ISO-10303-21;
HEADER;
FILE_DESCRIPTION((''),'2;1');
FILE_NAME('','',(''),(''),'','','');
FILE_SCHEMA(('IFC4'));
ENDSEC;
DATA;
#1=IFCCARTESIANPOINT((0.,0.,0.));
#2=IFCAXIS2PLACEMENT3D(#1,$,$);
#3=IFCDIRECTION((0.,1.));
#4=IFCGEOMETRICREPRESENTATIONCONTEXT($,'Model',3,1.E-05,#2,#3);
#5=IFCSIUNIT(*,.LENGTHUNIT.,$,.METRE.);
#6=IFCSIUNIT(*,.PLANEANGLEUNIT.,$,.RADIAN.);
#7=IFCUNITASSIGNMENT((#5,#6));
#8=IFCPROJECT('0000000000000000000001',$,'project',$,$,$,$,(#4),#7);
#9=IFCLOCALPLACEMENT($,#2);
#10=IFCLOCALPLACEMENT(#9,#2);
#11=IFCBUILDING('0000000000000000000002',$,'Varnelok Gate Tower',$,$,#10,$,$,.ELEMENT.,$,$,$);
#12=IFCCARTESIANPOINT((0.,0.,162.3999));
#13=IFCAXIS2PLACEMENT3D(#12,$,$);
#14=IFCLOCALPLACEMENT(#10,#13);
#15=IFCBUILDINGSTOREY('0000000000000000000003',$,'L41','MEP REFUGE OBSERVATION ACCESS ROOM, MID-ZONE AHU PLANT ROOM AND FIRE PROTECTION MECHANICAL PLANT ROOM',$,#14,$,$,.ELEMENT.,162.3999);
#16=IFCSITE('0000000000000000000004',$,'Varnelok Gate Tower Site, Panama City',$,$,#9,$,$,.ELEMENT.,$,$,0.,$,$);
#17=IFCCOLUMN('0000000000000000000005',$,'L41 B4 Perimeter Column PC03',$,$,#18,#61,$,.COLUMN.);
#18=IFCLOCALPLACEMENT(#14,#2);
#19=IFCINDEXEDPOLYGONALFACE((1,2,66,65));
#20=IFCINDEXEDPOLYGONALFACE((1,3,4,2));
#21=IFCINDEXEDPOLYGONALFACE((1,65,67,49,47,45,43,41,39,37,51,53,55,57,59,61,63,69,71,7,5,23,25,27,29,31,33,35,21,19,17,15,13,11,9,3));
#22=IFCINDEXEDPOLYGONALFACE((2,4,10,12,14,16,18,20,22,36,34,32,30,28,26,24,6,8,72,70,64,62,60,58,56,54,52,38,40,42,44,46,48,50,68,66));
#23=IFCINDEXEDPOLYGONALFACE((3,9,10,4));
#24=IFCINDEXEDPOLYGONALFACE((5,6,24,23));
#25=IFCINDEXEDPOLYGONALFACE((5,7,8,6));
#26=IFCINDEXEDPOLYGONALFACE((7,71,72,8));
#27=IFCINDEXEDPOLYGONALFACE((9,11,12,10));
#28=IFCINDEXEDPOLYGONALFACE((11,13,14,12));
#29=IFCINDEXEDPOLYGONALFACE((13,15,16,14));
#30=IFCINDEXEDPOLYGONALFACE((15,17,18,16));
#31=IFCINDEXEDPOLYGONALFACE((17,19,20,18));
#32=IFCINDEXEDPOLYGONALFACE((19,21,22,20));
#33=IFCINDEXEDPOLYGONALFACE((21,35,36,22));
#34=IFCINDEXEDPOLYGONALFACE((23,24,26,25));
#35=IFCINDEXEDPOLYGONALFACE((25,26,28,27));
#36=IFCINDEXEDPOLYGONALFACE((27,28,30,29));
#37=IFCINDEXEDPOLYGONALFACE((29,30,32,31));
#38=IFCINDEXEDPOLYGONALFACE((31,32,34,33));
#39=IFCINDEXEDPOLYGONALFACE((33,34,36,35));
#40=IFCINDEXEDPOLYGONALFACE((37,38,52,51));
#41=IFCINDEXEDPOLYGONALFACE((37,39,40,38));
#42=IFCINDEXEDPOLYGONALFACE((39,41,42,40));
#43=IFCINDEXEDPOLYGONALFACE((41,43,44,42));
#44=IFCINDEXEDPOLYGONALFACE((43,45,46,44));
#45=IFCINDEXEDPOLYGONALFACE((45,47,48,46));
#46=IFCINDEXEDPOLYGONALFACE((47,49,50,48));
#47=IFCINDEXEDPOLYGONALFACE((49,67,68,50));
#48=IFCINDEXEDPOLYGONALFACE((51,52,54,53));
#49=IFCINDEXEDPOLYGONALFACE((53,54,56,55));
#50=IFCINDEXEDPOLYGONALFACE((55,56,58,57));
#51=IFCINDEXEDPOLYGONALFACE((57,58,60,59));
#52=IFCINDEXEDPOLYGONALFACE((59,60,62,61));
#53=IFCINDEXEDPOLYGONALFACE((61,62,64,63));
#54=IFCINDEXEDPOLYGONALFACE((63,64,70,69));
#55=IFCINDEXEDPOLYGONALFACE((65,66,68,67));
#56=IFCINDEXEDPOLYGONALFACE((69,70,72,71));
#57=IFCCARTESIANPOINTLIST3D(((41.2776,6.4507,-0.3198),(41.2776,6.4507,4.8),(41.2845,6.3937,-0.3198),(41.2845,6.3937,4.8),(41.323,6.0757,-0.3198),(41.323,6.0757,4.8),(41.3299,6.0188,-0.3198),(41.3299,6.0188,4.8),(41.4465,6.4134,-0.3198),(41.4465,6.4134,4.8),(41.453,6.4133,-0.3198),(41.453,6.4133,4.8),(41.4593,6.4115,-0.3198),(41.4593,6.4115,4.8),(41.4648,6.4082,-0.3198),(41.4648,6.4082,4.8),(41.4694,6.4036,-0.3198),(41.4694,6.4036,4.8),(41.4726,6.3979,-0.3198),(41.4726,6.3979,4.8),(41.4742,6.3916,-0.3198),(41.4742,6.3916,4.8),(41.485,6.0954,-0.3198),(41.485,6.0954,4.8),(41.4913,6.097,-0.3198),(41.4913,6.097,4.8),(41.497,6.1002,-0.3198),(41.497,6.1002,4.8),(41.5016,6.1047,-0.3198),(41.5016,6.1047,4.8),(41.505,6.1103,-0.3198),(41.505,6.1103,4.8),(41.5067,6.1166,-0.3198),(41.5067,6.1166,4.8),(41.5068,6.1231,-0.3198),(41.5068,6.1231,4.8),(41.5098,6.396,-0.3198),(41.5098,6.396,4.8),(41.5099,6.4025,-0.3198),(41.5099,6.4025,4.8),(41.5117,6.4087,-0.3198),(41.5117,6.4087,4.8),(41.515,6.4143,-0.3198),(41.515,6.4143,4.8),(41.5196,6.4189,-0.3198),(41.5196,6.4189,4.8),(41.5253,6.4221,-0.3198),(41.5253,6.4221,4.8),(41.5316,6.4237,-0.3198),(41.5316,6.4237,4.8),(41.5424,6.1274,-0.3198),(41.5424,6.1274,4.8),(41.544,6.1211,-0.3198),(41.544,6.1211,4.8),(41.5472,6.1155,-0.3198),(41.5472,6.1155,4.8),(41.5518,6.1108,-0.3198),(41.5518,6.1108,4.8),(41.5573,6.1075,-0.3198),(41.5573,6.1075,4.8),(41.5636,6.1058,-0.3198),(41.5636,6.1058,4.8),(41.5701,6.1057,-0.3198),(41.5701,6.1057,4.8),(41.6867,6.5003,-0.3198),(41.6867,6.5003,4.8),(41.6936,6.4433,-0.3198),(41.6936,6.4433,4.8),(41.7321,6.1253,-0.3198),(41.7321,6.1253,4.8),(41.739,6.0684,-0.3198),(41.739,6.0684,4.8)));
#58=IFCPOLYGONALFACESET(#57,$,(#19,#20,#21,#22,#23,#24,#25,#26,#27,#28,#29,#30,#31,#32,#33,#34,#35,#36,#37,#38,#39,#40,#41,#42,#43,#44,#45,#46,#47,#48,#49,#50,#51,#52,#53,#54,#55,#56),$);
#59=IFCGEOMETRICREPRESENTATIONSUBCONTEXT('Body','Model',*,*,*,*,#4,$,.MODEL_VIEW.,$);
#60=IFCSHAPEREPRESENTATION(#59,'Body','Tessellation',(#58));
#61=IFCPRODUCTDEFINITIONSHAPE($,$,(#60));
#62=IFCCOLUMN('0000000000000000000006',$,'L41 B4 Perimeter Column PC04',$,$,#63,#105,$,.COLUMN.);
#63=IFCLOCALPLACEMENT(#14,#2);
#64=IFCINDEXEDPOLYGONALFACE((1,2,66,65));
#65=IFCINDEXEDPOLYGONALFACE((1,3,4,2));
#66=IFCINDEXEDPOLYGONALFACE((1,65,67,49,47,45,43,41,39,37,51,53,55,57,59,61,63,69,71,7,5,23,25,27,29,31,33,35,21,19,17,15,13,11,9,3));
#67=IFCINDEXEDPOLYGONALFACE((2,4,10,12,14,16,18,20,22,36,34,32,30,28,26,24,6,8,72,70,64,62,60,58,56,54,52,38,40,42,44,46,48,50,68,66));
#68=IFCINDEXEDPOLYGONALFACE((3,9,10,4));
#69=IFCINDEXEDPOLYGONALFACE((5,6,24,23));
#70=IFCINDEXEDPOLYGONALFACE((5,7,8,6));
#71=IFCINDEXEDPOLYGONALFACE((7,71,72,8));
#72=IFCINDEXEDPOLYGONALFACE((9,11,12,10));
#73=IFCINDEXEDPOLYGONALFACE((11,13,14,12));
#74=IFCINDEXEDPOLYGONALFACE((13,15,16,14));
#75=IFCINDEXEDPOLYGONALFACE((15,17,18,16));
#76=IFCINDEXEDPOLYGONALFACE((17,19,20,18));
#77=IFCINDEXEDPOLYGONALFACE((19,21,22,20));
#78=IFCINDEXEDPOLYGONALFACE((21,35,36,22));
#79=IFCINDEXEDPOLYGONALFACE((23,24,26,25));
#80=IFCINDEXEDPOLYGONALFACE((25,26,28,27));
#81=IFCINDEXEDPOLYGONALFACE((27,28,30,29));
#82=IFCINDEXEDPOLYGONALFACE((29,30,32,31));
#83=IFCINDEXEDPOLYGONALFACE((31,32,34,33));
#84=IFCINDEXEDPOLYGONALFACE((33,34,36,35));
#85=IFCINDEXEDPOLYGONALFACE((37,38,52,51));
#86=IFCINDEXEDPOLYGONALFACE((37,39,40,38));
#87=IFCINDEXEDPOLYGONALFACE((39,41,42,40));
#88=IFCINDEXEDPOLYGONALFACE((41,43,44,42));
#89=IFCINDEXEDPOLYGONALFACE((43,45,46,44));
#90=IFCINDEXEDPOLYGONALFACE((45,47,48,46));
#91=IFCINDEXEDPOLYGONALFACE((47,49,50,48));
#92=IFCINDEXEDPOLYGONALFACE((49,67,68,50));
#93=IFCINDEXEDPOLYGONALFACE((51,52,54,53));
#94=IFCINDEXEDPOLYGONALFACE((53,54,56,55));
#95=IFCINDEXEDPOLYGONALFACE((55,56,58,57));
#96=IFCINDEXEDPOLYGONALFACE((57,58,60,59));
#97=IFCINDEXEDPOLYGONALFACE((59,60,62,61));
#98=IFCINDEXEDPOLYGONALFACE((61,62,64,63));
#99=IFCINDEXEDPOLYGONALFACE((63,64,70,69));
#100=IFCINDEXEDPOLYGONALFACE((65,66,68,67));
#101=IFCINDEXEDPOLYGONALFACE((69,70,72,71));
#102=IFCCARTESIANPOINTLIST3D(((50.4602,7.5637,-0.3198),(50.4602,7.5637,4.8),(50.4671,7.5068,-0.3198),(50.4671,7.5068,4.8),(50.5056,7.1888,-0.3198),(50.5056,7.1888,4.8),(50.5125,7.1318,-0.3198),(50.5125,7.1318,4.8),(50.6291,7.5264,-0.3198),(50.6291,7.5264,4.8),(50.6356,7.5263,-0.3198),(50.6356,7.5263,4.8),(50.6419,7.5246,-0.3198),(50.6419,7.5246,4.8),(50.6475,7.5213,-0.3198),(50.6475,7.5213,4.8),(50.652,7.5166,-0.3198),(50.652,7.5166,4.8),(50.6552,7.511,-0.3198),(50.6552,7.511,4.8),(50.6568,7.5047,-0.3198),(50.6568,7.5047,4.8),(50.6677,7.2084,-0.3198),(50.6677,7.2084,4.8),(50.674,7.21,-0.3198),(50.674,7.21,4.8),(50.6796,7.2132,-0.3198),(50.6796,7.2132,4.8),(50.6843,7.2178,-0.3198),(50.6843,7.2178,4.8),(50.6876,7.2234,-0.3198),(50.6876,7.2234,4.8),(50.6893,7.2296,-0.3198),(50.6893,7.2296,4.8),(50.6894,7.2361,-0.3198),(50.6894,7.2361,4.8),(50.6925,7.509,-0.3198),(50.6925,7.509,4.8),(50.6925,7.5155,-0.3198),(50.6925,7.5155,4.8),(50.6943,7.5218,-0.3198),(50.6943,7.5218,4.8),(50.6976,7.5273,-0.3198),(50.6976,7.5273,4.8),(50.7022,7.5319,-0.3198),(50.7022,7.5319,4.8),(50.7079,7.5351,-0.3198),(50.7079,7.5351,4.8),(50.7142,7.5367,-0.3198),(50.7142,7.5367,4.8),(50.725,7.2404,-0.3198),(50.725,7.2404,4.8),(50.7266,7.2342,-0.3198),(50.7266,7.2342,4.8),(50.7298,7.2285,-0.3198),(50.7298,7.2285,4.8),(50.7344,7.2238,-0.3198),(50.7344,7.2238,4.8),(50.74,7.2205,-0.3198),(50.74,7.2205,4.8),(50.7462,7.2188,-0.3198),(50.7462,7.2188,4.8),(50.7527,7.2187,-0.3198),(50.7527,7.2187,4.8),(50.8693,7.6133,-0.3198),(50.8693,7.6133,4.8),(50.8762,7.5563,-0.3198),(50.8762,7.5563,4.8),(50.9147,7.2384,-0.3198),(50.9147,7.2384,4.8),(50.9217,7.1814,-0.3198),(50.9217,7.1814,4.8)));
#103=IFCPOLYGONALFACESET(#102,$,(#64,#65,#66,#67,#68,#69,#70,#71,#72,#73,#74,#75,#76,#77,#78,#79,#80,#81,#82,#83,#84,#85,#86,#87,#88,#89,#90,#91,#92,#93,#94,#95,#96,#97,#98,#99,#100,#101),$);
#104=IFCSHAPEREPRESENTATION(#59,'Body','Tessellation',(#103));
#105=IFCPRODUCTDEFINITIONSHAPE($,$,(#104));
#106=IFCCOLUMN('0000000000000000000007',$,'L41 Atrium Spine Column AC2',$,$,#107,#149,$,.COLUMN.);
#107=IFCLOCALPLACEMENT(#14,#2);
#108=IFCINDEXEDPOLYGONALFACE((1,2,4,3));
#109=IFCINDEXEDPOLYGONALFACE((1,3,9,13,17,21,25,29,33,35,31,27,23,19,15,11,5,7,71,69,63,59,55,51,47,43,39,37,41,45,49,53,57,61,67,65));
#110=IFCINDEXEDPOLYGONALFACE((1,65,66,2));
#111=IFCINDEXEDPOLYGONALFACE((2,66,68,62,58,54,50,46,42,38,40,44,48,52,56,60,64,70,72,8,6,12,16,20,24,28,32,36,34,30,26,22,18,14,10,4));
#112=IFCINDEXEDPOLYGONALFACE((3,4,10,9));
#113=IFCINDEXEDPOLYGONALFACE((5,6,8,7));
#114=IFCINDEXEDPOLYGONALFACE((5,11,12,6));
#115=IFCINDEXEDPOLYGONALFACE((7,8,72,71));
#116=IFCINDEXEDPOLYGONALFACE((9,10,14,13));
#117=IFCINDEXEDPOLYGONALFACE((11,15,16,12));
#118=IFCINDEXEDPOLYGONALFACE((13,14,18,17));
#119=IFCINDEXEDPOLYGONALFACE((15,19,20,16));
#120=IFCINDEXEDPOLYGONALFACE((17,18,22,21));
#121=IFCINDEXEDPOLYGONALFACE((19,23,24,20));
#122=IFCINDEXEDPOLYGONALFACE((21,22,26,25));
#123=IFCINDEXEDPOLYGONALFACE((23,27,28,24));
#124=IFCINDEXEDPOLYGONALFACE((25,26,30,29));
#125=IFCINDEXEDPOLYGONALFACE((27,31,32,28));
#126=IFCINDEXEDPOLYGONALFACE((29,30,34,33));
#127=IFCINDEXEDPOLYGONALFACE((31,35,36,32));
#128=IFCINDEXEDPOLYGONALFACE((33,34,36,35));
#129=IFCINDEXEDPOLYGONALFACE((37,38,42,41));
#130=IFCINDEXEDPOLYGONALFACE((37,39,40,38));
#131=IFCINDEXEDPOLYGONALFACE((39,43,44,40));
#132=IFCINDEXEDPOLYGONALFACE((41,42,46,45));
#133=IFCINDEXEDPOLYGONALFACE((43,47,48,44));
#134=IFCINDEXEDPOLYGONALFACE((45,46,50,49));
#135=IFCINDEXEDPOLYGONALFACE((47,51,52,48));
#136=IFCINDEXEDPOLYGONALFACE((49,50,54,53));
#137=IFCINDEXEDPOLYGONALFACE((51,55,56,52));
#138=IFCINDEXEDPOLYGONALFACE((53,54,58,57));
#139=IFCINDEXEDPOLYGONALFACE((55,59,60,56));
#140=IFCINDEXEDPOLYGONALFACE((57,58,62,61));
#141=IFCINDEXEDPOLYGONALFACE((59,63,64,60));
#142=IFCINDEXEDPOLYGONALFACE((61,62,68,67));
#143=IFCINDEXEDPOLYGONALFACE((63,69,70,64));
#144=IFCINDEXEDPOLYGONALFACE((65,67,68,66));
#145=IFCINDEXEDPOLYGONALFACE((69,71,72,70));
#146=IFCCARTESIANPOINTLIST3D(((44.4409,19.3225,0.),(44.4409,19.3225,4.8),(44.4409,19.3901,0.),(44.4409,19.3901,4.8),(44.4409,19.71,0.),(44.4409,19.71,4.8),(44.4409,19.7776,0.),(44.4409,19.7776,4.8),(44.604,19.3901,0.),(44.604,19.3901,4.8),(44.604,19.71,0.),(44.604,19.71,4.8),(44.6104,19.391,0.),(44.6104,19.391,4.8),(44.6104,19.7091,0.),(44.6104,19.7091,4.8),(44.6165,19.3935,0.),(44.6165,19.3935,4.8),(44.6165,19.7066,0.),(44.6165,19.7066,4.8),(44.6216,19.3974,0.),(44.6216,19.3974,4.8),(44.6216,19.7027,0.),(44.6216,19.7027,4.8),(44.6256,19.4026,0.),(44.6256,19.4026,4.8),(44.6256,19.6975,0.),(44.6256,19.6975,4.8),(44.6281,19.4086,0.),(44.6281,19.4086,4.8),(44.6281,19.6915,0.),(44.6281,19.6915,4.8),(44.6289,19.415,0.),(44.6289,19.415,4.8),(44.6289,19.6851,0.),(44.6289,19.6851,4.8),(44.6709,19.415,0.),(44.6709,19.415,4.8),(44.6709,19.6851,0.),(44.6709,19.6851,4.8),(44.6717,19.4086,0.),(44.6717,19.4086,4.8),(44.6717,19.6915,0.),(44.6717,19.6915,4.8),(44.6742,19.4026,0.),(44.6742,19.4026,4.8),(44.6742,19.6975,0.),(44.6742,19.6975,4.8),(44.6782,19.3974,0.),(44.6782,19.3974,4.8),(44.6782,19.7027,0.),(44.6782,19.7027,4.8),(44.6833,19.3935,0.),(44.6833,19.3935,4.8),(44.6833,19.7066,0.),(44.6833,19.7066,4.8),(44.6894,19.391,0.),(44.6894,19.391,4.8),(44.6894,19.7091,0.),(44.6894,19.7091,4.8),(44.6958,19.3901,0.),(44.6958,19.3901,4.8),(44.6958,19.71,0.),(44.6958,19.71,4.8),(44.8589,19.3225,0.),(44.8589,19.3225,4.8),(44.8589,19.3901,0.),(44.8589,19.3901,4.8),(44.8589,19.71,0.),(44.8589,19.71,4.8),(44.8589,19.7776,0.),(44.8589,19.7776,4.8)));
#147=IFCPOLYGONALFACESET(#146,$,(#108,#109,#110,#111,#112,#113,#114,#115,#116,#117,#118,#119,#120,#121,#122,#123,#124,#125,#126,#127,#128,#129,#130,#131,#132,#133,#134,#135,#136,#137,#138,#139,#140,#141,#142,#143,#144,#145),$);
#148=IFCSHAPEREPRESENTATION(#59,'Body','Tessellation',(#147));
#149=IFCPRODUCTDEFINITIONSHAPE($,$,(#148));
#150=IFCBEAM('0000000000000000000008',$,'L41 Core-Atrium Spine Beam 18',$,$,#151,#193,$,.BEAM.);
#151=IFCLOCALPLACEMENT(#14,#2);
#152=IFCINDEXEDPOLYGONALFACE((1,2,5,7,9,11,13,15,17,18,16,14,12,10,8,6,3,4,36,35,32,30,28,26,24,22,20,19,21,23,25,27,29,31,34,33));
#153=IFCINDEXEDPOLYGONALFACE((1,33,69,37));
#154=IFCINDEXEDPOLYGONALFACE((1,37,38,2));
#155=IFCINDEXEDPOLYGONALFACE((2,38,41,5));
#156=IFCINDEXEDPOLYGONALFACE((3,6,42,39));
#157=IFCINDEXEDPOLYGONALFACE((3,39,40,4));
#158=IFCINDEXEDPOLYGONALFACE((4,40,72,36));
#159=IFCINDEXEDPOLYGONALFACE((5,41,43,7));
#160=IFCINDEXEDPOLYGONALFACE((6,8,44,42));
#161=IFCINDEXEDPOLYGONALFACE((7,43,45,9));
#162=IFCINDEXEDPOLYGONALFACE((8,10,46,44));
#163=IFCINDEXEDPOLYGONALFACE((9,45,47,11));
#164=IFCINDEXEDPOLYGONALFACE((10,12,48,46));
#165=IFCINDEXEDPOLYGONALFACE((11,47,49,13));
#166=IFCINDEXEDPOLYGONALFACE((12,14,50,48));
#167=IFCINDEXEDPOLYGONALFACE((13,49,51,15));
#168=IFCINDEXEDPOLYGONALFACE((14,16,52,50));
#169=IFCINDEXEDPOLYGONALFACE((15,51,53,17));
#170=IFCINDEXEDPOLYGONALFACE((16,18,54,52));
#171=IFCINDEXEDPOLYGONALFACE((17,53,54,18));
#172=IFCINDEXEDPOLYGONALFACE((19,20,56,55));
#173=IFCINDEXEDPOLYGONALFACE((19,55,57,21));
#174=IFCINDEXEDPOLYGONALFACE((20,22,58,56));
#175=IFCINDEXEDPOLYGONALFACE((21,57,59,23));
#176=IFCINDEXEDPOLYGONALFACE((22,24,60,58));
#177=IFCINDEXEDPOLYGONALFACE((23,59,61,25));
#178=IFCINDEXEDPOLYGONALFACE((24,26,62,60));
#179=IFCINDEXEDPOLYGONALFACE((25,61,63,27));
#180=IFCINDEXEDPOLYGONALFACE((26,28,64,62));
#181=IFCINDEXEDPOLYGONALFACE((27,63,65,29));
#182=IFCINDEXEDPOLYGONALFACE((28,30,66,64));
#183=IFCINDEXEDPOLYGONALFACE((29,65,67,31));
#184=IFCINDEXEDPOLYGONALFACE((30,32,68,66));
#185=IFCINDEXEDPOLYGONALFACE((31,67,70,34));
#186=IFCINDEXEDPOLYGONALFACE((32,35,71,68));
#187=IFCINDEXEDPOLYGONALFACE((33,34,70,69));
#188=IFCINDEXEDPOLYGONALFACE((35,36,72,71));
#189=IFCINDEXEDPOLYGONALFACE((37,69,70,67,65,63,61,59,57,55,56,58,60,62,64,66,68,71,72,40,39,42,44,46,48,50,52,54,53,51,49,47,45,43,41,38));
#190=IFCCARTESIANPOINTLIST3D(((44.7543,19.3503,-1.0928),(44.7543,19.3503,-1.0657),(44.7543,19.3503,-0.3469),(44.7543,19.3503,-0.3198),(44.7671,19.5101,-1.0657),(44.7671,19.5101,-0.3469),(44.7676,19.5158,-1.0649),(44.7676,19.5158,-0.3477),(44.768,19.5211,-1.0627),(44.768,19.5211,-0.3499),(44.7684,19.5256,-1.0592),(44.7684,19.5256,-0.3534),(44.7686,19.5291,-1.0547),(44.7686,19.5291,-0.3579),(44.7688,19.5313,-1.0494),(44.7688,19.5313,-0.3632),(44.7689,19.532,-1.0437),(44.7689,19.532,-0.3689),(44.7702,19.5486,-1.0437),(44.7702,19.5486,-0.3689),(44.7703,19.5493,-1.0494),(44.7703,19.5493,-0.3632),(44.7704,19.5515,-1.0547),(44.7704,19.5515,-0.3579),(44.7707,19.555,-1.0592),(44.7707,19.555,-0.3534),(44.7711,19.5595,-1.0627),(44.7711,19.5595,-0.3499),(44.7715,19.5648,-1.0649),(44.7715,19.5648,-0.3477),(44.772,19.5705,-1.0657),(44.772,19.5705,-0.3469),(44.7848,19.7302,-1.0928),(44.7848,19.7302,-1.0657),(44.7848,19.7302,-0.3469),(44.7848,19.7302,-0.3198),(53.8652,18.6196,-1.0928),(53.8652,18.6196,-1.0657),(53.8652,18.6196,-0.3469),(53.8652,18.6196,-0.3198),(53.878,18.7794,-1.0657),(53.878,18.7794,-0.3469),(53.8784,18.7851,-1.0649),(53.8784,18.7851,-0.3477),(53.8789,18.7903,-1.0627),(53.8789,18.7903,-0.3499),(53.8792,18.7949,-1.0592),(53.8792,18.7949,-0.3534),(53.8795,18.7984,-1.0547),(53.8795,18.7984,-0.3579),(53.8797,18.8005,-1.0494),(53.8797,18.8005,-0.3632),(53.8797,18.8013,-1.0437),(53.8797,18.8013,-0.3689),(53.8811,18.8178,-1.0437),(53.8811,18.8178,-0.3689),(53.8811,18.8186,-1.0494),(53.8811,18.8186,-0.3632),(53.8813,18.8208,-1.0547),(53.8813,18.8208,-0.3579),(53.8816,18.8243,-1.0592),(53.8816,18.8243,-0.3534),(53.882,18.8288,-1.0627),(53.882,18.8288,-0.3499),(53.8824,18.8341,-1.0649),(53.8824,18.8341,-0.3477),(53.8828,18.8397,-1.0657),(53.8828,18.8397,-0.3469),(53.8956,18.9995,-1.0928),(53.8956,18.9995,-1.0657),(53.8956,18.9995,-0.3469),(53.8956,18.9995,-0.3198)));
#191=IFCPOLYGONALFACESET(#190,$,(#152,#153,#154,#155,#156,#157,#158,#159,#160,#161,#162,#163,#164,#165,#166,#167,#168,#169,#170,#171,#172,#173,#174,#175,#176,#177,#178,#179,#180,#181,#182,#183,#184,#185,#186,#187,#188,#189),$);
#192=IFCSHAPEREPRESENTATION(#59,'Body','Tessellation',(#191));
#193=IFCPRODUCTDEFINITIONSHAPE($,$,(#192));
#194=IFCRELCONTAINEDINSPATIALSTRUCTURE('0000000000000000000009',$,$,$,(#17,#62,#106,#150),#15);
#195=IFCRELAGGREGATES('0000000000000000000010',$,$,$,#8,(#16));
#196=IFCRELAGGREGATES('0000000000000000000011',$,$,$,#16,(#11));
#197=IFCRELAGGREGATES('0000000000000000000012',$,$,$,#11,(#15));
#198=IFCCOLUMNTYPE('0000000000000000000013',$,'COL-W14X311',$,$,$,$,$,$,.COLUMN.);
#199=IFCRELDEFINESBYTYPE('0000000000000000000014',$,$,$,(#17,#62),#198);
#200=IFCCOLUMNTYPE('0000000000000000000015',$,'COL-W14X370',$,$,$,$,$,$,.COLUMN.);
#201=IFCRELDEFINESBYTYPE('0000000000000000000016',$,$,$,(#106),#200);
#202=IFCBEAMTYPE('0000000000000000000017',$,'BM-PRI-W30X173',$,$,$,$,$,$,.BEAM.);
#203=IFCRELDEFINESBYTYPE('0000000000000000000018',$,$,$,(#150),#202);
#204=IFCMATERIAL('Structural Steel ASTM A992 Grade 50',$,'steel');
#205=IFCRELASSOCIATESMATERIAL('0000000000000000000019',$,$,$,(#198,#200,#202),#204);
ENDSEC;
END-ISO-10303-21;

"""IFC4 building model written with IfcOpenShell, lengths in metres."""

from ifc_helpers import new_model, si_unit, direction, frame, origin, origin_2d, place, context, subcontext, project, spatial, i_section, extrude, material, material_profile, profile_set, type_object, element, save


model = new_model("IFC4")

# Units and contexts
model_context = context("Model", 3, precision=1e-05, world=origin(), true_north=direction((0.0, 1.0)))
body_context = subcontext(model_context, "Body", "Model", "MODEL_VIEW")
ifc_project = project(units=[si_unit("LENGTHUNIT", "METRE"), si_unit("PLANEANGLEUNIT", "RADIAN")], contexts=[model_context])

# Site, building, storey
site_placement = place(None, origin())
site = spatial("IfcSite", under=ifc_project, at=site_placement, Name="Varnelok Gate Tower Site, Panama City", CompositionType="ELEMENT", RefElevation=0.0)
building_placement = place(site_placement, origin())
building = spatial("IfcBuilding", under=site, at=building_placement, Name="Varnelok Gate Tower", CompositionType="ELEMENT")
storey_placement = place(building_placement, frame((0.0, 0.0, 162.3999)))
storey = spatial("IfcBuildingStorey", under=building, at=storey_placement, Name="L41", Description="MEP REFUGE OBSERVATION ACCESS ROOM, MID-ZONE AHU PLANT ROOM AND FIRE PROTECTION MECHANICAL PLANT ROOM", CompositionType="ELEMENT", Elevation=162.3999)

# Columns
ifc_material_1 = material(Name="Structural Steel ASTM A992 Grade 50", Category="steel")
ifc_material_profile_1 = material_profile(ifc_material_1, i_section(OverallWidth=0.4121, OverallDepth=0.4351, WebThickness=0.0359, FlangeThickness=0.0574, FilletRadius=0.0249, at=origin_2d()), Name="W14X311")
ifc_profile_set_1 = profile_set([ifc_material_profile_1], Name="Structural Steel ASTM A992 Grade 50")
column_type_1 = type_object("IfcColumnType", Name="COL-W14X311", PredefinedType="COLUMN", material=ifc_profile_set_1)
for number, where, z_axis, x_axis, name in (
    (1, (41.5083, 6.2595, -0.3198), (0.0, 0.0, 1.0), (0.992732, 0.120345, 0.0), "L41 B4 Perimeter Column PC03"),
    (2, (50.6909, 7.3726, -0.3198), (0.0, 0.0, 1.0), (0.992732, 0.120345, 0.0), "L41 B4 Perimeter Column PC04"),
):
    element("IfcColumn", number, at=place(storey_placement, frame(where, z_axis=z_axis, x_axis=x_axis)), inside=storey, type_object=column_type_1, Name=name, PredefinedType="COLUMN", context=body_context, shape_type="SweptSolid", body=[
        extrude(i_section(OverallWidth=0.4121, OverallDepth=0.4351, WebThickness=0.0359, FlangeThickness=0.0574, FilletRadius=0.0249, at=origin_2d()), origin(), (0.0, 0.0, 1.0), 5.1199),
    ])
ifc_material_profile_2 = material_profile(ifc_material_1, i_section(OverallWidth=0.418, OverallDepth=0.4551, WebThickness=0.042, FlangeThickness=0.0676, FilletRadius=0.0249, at=origin_2d()), Name="W14X370")
ifc_profile_set_2 = profile_set([ifc_material_profile_2], Name="Structural Steel ASTM A992 Grade 50")
column_type_2 = type_object("IfcColumnType", Name="COL-W14X370", PredefinedType="COLUMN", material=ifc_profile_set_2)
column_placement = place(storey_placement, frame((44.6499, 19.55, 0.0), z_axis=(0.0, 0.0, 1.0), x_axis=(1.0, 0.0, 0.0)))
element("IfcColumn", 3, at=column_placement, inside=storey, type_object=column_type_2, Name="L41 Atrium Spine Column AC2", PredefinedType="COLUMN", context=body_context, shape_type="SweptSolid", body=[
    extrude(i_section(OverallWidth=0.418, OverallDepth=0.4551, WebThickness=0.042, FlangeThickness=0.0676, FilletRadius=0.0249, at=origin_2d()), origin(), (0.0, 0.0, 1.0), 4.8),
])

# Beam
ifc_material_profile_3 = material_profile(ifc_material_1, i_section(OverallWidth=0.3811, OverallDepth=0.7729, WebThickness=0.0166, FlangeThickness=0.0271, FilletRadius=0.022, at=origin_2d()), Name="W30X173")
ifc_profile_set_3 = profile_set([ifc_material_profile_3], Name="Structural Steel ASTM A992 Grade 50")
beam_type_1 = type_object("IfcBeamType", Name="BM-PRI-W30X173", PredefinedType="BEAM", material=ifc_profile_set_3)
beam_1_placement = place(storey_placement, frame((44.7695, 19.5403, -0.7063), z_axis=(0.996799, -0.079946, 0.0), x_axis=(0.079946, 0.996799, 0.0)))
element("IfcBeam", 4, at=beam_1_placement, inside=storey, type_object=beam_type_1, Name="L41 Core-Atrium Spine Beam 18", PredefinedType="BEAM", context=body_context, shape_type="SweptSolid", body=[
    extrude(i_section(OverallWidth=0.3811, OverallDepth=0.7729, WebThickness=0.0166, FlangeThickness=0.0271, FilletRadius=0.022, at=origin_2d()), origin(), (0.0, 0.0, 1.0), 9.1401),
])

save(model, "model.ifc")
